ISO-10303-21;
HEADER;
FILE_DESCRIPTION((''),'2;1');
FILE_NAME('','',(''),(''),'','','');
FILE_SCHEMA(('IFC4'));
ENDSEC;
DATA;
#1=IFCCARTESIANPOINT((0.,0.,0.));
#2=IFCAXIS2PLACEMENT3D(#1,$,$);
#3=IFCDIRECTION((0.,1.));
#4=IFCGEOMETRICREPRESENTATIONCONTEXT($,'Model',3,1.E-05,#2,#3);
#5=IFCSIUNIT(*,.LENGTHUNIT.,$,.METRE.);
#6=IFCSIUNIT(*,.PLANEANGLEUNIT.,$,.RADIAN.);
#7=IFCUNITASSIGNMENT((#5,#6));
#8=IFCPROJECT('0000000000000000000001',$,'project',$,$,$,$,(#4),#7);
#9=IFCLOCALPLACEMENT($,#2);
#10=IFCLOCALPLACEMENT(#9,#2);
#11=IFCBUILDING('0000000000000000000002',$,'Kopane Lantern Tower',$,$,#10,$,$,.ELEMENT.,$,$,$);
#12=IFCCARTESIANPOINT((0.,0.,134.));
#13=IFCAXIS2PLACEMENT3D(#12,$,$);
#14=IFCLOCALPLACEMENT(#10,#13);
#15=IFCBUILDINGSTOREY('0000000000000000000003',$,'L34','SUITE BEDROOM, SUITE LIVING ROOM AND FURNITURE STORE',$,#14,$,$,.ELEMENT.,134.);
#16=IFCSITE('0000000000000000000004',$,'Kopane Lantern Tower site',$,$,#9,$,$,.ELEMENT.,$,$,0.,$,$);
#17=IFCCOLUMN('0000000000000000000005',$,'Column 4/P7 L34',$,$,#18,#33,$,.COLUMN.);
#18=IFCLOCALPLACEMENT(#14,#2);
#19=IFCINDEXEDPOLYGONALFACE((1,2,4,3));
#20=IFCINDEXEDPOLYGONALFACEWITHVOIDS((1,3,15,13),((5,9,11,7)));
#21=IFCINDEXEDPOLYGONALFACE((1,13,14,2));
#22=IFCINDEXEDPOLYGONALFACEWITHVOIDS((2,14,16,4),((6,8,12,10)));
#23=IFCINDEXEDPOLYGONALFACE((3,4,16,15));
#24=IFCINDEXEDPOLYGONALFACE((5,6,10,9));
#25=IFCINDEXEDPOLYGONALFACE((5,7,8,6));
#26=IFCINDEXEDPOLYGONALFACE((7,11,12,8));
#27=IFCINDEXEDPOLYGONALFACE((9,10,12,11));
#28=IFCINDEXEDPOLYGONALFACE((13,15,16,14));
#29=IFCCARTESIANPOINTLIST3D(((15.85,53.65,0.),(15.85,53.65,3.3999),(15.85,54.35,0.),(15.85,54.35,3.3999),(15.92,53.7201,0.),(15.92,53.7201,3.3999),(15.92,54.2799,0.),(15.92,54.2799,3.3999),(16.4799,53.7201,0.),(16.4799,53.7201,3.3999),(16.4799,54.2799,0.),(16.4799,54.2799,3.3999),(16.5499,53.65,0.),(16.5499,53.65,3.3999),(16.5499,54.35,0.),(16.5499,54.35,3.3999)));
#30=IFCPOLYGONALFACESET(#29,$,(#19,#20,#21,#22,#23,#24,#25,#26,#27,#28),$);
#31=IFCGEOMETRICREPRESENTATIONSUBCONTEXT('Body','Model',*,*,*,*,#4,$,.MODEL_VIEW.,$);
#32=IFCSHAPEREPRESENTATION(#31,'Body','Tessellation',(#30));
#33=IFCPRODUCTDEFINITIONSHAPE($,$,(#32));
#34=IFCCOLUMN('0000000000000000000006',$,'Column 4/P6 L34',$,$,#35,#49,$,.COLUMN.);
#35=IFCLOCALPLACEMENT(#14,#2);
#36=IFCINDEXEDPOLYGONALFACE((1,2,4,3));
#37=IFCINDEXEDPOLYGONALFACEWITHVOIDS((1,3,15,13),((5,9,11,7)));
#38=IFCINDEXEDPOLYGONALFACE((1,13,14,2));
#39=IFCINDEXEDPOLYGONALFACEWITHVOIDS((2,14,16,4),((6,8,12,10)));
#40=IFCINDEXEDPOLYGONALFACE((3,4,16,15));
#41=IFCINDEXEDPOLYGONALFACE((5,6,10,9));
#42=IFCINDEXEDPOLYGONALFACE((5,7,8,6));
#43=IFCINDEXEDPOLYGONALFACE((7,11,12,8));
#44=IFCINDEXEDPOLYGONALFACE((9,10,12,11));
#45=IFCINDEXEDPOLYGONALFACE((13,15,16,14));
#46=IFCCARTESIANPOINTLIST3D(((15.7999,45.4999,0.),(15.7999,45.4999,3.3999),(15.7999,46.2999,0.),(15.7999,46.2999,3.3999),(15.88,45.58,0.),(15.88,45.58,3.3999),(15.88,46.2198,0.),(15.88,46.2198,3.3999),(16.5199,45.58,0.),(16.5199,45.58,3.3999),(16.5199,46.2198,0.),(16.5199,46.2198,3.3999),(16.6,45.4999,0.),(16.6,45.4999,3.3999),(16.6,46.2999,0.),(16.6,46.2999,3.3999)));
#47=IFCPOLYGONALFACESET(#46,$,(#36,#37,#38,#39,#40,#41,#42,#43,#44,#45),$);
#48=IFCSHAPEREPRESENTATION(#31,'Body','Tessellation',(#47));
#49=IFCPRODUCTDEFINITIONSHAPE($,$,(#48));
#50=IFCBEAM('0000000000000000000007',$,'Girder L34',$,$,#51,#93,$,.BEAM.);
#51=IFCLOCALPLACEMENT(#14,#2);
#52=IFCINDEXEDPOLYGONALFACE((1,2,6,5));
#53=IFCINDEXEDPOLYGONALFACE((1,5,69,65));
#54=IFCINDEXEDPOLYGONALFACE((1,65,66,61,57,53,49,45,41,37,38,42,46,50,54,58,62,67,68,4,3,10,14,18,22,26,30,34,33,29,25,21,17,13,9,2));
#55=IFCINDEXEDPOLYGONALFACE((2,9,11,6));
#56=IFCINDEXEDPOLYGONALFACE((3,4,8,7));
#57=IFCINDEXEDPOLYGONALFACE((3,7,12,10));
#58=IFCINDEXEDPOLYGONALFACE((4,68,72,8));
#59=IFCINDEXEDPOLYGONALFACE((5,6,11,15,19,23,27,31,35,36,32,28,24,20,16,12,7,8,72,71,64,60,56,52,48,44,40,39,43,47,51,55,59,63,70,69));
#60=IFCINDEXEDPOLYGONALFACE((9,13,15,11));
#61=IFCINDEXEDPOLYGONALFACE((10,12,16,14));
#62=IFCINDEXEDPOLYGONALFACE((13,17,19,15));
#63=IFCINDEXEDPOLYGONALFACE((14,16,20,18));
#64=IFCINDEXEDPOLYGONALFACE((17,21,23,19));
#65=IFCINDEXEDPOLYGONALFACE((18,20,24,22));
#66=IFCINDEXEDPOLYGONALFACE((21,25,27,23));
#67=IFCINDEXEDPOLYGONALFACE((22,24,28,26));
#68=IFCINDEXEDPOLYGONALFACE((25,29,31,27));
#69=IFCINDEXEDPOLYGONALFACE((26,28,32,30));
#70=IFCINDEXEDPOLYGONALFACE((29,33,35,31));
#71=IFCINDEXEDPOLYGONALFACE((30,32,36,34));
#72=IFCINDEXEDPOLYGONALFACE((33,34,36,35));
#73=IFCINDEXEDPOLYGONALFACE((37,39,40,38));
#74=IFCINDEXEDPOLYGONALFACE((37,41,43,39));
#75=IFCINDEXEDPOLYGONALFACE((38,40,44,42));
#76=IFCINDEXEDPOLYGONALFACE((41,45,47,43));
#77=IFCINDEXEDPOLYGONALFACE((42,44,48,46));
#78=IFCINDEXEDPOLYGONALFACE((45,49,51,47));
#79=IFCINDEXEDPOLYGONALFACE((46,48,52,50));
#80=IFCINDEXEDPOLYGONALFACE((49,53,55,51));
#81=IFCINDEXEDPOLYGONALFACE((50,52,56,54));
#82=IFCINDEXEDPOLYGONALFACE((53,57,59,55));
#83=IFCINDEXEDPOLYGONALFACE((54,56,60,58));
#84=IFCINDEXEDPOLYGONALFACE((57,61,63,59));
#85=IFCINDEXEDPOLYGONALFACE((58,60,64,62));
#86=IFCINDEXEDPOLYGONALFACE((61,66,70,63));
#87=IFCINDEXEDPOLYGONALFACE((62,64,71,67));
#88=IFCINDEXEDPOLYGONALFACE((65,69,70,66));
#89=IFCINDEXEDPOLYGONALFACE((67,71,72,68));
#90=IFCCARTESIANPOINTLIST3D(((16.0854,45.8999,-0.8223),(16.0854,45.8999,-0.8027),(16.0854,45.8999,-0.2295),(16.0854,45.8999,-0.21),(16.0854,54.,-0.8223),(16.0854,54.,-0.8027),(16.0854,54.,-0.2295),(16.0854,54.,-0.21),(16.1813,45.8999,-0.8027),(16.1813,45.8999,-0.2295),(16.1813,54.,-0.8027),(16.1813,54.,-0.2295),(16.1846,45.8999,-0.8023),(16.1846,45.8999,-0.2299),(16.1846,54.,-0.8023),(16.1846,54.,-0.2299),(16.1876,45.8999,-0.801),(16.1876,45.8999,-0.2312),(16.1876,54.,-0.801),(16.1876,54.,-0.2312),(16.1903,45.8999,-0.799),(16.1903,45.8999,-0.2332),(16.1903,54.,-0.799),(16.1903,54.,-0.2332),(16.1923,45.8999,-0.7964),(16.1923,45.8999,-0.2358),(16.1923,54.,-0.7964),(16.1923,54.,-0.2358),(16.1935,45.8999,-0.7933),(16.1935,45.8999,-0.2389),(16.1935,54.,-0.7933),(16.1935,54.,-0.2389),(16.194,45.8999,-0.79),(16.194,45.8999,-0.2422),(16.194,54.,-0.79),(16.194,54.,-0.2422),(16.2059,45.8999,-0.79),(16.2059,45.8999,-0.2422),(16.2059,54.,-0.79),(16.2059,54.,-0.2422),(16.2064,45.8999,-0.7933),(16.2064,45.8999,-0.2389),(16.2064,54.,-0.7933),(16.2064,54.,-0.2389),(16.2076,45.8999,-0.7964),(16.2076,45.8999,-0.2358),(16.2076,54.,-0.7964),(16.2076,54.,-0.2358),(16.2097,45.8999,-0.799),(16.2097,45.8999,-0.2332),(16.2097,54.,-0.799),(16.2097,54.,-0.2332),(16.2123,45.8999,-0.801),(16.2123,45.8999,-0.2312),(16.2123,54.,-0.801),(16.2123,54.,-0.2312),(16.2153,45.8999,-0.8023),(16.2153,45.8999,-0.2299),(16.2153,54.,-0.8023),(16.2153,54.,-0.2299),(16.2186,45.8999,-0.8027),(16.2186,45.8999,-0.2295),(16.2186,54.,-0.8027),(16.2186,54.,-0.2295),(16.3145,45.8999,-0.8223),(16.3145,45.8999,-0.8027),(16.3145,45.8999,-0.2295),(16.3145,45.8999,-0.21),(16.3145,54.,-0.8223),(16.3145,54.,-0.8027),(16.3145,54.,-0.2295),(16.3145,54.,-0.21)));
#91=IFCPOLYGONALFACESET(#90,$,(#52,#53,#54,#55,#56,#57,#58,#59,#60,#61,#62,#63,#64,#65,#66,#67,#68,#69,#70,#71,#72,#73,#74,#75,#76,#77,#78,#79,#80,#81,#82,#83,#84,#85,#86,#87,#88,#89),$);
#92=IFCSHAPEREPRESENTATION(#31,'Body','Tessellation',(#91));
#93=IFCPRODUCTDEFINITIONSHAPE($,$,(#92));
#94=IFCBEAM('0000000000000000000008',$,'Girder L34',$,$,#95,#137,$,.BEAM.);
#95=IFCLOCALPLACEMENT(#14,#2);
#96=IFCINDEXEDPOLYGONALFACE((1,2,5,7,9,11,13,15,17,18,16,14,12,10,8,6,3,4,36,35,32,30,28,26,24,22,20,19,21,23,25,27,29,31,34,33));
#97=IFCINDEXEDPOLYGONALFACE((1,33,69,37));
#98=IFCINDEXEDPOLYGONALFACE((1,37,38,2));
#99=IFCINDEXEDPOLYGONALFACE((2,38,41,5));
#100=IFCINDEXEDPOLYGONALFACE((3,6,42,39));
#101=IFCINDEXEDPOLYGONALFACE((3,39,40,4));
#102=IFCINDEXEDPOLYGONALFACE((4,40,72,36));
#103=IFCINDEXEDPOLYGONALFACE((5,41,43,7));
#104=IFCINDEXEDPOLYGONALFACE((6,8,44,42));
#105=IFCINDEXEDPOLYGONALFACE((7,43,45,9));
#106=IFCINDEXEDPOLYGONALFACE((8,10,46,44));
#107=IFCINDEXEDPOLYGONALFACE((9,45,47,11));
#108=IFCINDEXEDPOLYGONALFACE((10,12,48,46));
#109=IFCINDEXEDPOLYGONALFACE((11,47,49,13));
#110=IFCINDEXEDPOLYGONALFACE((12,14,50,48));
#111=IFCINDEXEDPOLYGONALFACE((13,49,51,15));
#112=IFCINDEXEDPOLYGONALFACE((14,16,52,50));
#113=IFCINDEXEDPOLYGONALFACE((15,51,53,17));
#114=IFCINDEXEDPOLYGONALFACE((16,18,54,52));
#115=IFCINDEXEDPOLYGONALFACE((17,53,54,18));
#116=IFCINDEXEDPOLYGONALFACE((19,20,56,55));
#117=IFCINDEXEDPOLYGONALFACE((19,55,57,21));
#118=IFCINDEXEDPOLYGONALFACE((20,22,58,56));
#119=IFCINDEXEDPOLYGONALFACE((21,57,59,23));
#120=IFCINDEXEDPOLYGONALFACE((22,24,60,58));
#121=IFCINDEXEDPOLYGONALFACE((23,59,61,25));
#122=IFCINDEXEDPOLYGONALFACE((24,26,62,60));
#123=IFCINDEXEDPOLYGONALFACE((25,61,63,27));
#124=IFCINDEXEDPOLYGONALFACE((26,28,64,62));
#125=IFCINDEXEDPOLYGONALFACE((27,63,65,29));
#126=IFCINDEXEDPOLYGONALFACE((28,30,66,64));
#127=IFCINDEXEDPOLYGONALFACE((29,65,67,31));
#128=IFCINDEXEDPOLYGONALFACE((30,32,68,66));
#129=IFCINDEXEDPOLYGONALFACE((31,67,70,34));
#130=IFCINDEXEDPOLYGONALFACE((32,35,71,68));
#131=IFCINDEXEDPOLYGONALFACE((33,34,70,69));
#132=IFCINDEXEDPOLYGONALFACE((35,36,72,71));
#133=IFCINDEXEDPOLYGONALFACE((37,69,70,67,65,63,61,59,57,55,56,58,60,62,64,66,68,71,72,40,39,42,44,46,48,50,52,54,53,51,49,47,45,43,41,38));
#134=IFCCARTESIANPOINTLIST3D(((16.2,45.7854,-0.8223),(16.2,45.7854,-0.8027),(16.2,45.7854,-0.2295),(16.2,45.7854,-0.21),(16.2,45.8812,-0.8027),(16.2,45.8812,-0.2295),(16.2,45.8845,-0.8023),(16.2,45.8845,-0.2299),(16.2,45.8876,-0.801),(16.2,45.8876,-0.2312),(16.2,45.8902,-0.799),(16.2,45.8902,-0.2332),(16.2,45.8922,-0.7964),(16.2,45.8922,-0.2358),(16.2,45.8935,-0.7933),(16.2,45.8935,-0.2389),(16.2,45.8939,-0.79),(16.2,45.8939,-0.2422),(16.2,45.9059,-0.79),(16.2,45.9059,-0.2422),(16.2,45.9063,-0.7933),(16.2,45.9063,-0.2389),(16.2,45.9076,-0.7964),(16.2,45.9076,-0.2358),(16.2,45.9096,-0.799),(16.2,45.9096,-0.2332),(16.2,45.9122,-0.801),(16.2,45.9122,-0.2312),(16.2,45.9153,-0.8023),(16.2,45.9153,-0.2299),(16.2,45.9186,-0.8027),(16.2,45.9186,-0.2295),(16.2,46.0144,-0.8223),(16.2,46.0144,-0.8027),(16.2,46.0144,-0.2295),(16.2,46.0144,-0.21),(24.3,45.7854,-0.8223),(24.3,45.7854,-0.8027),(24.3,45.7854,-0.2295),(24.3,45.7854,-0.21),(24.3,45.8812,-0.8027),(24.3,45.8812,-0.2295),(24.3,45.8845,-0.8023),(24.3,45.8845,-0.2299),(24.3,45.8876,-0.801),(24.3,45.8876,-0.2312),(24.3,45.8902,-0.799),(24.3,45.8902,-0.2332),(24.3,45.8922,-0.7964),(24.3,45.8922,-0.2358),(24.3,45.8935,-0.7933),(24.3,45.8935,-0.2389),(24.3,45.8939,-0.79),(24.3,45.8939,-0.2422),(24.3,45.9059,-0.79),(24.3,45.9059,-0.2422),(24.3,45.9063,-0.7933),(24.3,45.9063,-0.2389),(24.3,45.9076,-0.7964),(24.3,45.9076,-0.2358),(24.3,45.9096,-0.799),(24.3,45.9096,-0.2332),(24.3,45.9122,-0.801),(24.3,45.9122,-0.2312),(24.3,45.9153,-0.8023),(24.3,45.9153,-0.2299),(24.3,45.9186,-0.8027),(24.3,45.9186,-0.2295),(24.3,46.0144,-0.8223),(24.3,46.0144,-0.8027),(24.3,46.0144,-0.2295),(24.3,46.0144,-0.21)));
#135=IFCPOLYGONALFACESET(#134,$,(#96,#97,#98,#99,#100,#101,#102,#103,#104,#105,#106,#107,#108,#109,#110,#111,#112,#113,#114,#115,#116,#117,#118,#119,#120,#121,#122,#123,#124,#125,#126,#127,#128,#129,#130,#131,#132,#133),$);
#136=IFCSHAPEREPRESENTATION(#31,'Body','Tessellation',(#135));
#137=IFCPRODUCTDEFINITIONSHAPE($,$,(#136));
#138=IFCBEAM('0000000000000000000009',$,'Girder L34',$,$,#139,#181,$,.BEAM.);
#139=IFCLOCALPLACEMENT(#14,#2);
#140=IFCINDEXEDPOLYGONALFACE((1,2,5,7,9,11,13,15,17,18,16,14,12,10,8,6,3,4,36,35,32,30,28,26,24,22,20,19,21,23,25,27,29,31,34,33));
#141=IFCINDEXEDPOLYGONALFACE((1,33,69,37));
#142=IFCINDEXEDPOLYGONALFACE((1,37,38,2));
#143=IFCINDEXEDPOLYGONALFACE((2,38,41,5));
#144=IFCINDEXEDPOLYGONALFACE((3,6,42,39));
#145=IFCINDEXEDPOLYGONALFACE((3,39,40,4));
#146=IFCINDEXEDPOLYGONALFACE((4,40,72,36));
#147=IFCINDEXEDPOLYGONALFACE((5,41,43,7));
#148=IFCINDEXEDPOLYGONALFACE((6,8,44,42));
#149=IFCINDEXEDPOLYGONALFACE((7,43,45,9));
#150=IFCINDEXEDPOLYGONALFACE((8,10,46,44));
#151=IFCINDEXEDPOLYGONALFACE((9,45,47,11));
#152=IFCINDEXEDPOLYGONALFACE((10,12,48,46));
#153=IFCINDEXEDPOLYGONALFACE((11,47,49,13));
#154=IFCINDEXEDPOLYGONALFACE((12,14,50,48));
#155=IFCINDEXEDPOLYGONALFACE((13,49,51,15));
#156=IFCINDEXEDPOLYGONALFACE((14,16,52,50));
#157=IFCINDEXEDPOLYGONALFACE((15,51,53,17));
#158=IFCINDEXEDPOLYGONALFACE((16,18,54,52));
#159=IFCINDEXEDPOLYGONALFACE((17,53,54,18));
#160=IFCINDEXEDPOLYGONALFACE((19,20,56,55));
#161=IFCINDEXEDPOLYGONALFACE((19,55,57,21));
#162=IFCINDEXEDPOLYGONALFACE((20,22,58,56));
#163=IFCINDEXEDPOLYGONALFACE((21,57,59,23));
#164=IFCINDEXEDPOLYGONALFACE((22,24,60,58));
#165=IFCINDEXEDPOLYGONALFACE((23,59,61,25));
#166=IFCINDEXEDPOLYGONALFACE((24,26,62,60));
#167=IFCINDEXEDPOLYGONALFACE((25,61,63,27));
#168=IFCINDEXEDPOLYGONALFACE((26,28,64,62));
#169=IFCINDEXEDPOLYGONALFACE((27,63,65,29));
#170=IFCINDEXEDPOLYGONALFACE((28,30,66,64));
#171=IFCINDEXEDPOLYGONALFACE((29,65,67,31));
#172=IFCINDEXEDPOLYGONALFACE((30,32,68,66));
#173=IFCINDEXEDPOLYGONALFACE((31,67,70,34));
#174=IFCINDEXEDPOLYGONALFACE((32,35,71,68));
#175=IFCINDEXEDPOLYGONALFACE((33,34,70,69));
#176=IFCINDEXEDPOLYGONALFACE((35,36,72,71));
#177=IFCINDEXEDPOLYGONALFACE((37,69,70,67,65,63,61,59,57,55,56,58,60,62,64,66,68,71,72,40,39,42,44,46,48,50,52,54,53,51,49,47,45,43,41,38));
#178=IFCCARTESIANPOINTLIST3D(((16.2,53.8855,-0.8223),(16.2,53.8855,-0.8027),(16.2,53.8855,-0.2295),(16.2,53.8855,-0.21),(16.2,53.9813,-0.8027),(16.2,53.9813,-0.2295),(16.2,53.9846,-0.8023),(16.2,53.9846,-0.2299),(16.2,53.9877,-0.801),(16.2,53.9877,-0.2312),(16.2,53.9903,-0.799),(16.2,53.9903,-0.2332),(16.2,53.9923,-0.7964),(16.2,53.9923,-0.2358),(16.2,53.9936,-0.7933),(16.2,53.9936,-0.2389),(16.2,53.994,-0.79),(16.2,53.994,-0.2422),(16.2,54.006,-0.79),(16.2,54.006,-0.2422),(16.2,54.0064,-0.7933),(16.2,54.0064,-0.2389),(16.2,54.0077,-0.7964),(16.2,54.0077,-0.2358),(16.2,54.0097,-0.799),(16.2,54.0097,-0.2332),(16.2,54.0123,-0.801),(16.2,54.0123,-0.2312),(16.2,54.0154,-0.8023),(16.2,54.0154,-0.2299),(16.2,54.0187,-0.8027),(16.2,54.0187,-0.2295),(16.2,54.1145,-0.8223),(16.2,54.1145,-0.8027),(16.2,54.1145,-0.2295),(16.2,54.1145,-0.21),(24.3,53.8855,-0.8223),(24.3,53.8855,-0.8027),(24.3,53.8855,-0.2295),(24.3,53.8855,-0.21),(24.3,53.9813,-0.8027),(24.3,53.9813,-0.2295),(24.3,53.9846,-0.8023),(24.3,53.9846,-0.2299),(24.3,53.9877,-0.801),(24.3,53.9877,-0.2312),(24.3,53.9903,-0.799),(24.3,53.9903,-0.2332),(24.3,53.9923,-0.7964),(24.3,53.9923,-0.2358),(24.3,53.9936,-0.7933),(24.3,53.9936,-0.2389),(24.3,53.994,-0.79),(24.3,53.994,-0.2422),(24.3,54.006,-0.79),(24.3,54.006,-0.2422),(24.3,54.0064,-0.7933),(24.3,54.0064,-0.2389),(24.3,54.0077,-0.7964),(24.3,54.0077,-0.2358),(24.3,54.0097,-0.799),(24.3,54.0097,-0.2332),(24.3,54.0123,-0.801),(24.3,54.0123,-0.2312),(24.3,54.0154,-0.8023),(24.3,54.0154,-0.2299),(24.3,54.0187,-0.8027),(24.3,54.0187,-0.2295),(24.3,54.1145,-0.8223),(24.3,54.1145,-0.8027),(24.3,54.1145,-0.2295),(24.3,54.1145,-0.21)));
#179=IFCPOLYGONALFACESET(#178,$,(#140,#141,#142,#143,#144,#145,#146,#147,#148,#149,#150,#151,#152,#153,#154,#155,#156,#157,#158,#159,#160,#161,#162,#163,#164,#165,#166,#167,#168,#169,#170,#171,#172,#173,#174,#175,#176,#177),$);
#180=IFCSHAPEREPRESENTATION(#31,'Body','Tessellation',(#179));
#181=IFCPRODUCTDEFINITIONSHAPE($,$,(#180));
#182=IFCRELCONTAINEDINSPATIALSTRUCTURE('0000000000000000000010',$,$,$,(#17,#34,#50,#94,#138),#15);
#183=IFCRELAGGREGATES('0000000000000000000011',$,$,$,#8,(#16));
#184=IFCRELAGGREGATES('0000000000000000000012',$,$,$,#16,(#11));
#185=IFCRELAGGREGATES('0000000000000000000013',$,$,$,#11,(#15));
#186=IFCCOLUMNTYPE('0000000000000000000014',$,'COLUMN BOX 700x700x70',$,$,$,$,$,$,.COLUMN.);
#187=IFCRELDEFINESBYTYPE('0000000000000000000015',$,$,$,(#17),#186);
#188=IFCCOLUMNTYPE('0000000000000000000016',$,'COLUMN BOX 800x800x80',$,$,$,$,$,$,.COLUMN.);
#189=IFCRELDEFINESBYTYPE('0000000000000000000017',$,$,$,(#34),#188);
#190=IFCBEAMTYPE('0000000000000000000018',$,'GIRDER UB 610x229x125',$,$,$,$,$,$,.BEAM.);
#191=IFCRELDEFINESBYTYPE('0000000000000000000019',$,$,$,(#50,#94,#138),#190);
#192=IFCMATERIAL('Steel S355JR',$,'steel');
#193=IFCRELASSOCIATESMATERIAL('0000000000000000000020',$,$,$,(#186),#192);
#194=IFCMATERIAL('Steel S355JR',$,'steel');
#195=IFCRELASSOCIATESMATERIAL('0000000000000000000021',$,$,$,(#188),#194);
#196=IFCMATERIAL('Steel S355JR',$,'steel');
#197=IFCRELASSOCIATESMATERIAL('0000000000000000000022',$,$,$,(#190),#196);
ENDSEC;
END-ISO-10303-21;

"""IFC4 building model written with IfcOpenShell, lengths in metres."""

from ifc_helpers import new_model, si_unit, direction, frame, origin, origin_2d, place, context, subcontext, project, spatial, hollow_rectangle, i_section, extrude, material, material_profile, profile_set, type_object, element, save


model = new_model("IFC4")

# Units and contexts
model_context = context("Model", 3, precision=1e-05, world=origin(), true_north=direction((0.0, 1.0)))
body_context = subcontext(model_context, "Body", "Model", "MODEL_VIEW")
ifc_project = project(units=[si_unit("LENGTHUNIT", "METRE"), si_unit("PLANEANGLEUNIT", "RADIAN")], contexts=[model_context])

# Site, building, storey
site_placement = place(None, origin())
site = spatial("IfcSite", under=ifc_project, at=site_placement, Name="Kopane Lantern Tower site", CompositionType="ELEMENT", RefElevation=0.0)
building_placement = place(site_placement, origin())
building = spatial("IfcBuilding", under=site, at=building_placement, Name="Kopane Lantern Tower", CompositionType="ELEMENT")
storey_placement = place(building_placement, frame((0.0, 0.0, 134.0)))
storey = spatial("IfcBuildingStorey", under=building, at=storey_placement, Name="L34", Description="SUITE BEDROOM, SUITE LIVING ROOM AND FURNITURE STORE", CompositionType="ELEMENT", Elevation=134.0)

# Columns
ifc_material_1 = material(Name="Steel S355JR", Category="steel")
ifc_material_profile_1 = material_profile(ifc_material_1, hollow_rectangle(XDim=0.7, YDim=0.7, WallThickness=0.0701, at=origin_2d()), Name="BOX 700x700x70")
ifc_profile_set_1 = profile_set([ifc_material_profile_1], Name="Steel S355JR")
column_type_1 = type_object("IfcColumnType", Name="COLUMN BOX 700x700x70", PredefinedType="COLUMN", material=ifc_profile_set_1)
column_1_placement = place(storey_placement, frame((16.2, 54.0, 0.0), z_axis=(0.0, 0.0, 1.0), x_axis=(1.0, 0.0, 0.0)))
element("IfcColumn", 1, at=column_1_placement, inside=storey, type_object=column_type_1, Name="Column 4/P7 L34", PredefinedType="COLUMN", context=body_context, shape_type="SweptSolid", body=[
    extrude(hollow_rectangle(XDim=0.7, YDim=0.7, WallThickness=0.0701, at=origin_2d()), origin(), (0.0, 0.0, 1.0), 3.3999),
])
ifc_material_2 = material(Name="Steel S355JR", Category="steel")
ifc_material_profile_2 = material_profile(ifc_material_2, hollow_rectangle(XDim=0.8, YDim=0.8, WallThickness=0.0801, at=origin_2d()), Name="BOX 800x800x80")
ifc_profile_set_2 = profile_set([ifc_material_profile_2], Name="Steel S355JR")
column_type_2 = type_object("IfcColumnType", Name="COLUMN BOX 800x800x80", PredefinedType="COLUMN", material=ifc_profile_set_2)
column_2_placement = place(storey_placement, frame((16.2, 45.8999, 0.0), z_axis=(0.0, 0.0, 1.0), x_axis=(1.0, 0.0, 0.0)))
element("IfcColumn", 2, at=column_2_placement, inside=storey, type_object=column_type_2, Name="Column 4/P6 L34", PredefinedType="COLUMN", context=body_context, shape_type="SweptSolid", body=[
    extrude(hollow_rectangle(XDim=0.8, YDim=0.8, WallThickness=0.0801, at=origin_2d()), origin(), (0.0, 0.0, 1.0), 3.3999),
])

# Beams
ifc_material_3 = material(Name="Steel S355JR", Category="steel")
ifc_material_profile_3 = material_profile(ifc_material_3, i_section(OverallWidth=0.229, OverallDepth=0.6123, WebThickness=0.012, FlangeThickness=0.0195, FilletRadius=0.0127, at=origin_2d()), Name="UB 610x229x125")
ifc_profile_set_3 = profile_set([ifc_material_profile_3], Name="Steel S355JR")
beam_type = type_object("IfcBeamType", Name="GIRDER UB 610x229x125", PredefinedType="BEAM", material=ifc_profile_set_3)
for number, where, z_axis, x_axis, name in (
    (3, (16.2, 45.8999, -0.5161), (0.0, 1.0, 0.0), (-1.0, 0.0, 0.0), "Girder L34"),
    (4, (16.2, 45.8999, -0.5161), (1.0, 0.0, 0.0), (0.0, 1.0, 0.0), "Girder L34"),
    (5, (16.2, 54.0, -0.5161), (1.0, 0.0, 0.0), (0.0, 1.0, 0.0), "Girder L34"),
):
    element("IfcBeam", number, at=place(storey_placement, frame(where, z_axis=z_axis, x_axis=x_axis)), inside=storey, type_object=beam_type, Name=name, PredefinedType="BEAM", context=body_context, shape_type="SweptSolid", body=[
        extrude(i_section(OverallWidth=0.229, OverallDepth=0.6123, WebThickness=0.012, FlangeThickness=0.0195, FilletRadius=0.0127, at=origin_2d()), origin(), (0.0, 0.0, 1.0), 8.1001),
    ])

save(model, "model.ifc")
